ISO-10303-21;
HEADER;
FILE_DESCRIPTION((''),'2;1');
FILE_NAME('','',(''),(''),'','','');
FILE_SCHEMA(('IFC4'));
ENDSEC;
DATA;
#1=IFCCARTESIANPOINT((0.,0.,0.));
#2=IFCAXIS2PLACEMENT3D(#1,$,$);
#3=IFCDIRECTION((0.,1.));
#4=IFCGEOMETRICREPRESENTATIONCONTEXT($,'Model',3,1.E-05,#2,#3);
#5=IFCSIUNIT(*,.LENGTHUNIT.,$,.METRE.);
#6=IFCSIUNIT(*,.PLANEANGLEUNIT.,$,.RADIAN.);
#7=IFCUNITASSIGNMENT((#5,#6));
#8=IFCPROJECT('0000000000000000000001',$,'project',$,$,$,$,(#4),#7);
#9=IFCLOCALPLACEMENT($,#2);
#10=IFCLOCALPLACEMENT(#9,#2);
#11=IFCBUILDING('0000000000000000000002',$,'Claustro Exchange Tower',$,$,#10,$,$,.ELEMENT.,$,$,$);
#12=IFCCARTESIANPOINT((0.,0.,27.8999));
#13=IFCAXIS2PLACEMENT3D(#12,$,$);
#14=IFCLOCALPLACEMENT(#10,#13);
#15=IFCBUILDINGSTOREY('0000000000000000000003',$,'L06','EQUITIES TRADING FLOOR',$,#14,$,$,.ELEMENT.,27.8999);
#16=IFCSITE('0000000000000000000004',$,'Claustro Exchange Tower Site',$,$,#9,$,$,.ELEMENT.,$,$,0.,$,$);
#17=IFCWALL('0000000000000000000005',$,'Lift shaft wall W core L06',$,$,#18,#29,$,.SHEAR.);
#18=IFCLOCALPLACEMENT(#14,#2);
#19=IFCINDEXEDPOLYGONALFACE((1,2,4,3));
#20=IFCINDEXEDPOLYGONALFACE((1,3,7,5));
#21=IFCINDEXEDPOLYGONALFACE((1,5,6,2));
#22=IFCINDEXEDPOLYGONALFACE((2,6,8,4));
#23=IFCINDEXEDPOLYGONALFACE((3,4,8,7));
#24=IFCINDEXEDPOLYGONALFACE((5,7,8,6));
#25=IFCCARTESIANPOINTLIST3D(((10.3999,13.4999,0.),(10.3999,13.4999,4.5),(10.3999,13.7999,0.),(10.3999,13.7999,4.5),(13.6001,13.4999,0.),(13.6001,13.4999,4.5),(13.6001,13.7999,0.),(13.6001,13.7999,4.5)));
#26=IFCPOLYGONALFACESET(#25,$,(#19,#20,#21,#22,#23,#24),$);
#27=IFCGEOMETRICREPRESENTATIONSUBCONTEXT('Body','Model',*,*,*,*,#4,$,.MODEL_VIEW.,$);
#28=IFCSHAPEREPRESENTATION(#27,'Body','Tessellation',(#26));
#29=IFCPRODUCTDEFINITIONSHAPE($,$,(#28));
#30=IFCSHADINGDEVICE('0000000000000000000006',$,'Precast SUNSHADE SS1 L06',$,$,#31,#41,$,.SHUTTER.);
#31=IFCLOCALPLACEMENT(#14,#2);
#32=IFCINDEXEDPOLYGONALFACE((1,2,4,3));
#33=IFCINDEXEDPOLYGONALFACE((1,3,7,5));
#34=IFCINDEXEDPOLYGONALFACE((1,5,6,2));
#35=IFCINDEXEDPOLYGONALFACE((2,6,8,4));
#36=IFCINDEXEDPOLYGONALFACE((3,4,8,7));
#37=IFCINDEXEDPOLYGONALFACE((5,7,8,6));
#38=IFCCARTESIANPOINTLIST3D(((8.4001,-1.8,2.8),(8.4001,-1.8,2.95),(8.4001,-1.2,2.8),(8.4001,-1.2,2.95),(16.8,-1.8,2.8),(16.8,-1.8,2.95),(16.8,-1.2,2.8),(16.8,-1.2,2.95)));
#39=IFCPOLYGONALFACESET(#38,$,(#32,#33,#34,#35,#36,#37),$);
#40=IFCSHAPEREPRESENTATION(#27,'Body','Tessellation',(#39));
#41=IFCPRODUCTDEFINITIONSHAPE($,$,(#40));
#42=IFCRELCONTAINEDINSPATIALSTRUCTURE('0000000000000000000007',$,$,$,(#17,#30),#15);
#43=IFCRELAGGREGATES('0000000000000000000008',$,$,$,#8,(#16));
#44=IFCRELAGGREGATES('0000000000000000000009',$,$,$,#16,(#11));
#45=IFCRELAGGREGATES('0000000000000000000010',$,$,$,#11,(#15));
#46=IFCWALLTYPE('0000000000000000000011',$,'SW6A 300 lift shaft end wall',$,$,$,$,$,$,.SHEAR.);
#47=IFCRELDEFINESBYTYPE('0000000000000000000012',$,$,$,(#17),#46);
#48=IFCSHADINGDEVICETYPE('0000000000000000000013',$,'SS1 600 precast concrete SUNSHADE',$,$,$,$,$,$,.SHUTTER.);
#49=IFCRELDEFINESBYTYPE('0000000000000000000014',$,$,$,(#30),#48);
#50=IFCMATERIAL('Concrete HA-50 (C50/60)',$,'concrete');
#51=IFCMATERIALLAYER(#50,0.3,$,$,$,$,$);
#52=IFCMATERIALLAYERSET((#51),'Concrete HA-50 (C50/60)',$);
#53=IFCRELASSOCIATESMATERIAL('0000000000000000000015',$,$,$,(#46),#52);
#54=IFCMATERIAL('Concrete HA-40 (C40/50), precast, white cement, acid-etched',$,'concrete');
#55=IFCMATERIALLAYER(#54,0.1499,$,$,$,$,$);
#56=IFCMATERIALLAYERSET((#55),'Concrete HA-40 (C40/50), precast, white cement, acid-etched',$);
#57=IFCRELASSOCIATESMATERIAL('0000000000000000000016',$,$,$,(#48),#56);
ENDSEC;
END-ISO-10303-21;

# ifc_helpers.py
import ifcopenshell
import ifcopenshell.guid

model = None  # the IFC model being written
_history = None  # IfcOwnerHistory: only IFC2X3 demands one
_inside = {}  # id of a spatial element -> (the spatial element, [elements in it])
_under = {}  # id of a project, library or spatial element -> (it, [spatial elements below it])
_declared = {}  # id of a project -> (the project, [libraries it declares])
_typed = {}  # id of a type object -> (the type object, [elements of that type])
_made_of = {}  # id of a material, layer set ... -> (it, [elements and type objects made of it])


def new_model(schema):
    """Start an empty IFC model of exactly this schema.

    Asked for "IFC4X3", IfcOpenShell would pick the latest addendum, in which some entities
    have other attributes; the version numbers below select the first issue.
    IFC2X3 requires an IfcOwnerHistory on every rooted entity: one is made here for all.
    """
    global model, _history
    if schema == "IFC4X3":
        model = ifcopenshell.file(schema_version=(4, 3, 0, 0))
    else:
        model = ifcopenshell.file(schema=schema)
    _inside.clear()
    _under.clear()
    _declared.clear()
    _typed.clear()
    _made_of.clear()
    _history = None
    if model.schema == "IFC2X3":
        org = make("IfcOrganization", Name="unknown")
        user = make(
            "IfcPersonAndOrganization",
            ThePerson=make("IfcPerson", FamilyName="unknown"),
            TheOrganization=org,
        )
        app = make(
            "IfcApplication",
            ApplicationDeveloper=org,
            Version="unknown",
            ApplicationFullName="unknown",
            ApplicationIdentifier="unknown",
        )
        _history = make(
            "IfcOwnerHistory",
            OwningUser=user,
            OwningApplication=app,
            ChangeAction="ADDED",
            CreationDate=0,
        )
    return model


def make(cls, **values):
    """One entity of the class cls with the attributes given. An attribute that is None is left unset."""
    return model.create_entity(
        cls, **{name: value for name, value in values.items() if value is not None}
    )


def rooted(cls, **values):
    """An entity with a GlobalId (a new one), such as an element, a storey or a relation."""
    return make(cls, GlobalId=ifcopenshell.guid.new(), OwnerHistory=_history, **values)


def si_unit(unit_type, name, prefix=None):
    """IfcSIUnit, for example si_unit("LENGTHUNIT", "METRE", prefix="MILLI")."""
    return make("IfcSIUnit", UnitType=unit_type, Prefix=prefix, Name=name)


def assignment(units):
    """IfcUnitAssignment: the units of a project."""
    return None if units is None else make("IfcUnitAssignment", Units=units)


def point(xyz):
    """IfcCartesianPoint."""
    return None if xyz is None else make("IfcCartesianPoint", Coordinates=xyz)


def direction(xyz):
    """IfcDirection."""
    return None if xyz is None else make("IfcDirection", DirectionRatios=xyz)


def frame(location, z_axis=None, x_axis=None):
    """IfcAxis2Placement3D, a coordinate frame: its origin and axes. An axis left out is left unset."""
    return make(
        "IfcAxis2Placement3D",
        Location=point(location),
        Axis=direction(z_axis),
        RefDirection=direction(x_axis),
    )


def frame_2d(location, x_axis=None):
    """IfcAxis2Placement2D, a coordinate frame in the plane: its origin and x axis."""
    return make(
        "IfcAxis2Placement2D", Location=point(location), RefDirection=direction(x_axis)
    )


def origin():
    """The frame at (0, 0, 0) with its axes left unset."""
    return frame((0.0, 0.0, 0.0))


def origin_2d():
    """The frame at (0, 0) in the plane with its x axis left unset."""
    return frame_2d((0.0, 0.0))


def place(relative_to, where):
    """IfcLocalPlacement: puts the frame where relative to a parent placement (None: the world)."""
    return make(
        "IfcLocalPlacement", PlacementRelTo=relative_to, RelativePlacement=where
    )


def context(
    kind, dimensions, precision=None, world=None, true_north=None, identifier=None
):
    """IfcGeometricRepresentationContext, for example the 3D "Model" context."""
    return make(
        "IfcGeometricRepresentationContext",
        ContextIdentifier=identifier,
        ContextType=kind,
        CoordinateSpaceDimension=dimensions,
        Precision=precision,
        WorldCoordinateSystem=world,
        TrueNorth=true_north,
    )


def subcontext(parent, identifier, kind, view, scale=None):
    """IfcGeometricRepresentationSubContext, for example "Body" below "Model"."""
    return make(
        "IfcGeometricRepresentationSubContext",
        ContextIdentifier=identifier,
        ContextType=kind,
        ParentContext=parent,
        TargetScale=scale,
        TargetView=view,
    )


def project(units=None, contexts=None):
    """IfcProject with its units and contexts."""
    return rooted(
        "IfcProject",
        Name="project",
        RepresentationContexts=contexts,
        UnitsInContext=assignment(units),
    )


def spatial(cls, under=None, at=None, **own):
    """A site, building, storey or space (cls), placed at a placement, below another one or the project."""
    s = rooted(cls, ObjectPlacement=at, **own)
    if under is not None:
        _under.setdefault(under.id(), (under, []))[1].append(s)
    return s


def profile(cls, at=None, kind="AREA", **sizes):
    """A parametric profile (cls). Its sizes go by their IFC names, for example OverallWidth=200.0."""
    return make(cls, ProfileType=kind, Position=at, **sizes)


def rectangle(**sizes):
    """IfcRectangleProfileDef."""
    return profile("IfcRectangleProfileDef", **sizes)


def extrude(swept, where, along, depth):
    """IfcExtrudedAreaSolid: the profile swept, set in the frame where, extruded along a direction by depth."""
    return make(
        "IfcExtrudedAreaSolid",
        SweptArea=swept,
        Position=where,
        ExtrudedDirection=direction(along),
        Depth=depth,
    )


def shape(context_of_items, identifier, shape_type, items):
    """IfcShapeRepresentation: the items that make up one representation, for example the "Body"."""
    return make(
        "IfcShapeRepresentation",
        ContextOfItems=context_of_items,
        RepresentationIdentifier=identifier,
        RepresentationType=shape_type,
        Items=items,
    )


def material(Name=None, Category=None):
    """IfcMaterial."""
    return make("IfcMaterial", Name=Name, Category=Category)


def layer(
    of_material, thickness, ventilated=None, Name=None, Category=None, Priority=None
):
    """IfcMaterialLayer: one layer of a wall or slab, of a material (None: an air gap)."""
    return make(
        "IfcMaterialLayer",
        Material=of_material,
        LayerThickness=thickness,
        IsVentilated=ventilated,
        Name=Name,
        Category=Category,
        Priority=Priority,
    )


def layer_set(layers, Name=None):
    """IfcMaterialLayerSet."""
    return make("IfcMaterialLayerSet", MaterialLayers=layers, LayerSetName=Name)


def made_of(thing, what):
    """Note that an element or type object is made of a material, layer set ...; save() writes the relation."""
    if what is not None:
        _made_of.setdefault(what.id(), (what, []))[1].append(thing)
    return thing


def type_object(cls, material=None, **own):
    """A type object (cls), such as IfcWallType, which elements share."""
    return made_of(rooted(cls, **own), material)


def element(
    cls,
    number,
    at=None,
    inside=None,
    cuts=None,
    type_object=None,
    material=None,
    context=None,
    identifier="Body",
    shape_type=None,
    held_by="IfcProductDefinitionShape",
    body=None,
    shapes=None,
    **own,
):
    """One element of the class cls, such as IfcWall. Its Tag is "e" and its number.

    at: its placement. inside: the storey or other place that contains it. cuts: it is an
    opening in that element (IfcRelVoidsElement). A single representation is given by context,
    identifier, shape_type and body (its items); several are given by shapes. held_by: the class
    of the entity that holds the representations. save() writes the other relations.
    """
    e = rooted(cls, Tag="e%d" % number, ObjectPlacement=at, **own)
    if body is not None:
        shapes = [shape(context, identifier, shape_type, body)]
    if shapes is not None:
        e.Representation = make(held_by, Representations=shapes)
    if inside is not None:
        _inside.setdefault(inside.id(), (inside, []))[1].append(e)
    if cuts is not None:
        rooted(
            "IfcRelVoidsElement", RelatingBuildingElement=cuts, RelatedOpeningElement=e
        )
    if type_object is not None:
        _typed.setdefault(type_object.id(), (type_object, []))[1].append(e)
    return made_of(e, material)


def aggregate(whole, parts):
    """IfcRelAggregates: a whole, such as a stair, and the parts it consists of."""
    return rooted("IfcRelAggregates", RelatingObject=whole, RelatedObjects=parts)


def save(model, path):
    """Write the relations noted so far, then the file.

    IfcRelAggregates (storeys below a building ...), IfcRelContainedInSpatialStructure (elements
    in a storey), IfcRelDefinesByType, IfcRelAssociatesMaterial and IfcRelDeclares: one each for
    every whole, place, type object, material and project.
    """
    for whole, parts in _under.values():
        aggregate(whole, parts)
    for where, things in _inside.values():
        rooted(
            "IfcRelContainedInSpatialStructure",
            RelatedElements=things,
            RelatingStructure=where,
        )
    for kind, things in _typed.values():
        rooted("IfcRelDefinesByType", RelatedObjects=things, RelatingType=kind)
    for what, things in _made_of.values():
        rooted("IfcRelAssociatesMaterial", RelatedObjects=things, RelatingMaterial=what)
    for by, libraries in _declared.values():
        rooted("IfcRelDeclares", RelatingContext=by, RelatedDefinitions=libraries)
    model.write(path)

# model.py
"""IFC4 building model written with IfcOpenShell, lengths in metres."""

from ifc_helpers import new_model, si_unit, direction, frame, frame_2d, origin, origin_2d, place, context, subcontext, project, spatial, rectangle, extrude, material, layer, layer_set, type_object, element, save


model = new_model("IFC4")

# Units and contexts
model_context = context("Model", 3, precision=1e-05, world=origin(), true_north=direction((0.0, 1.0)))
body_context = subcontext(model_context, "Body", "Model", "MODEL_VIEW")
ifc_project = project(units=[si_unit("LENGTHUNIT", "METRE"), si_unit("PLANEANGLEUNIT", "RADIAN")], contexts=[model_context])

# Site, building, storey
site_placement = place(None, origin())
site = spatial("IfcSite", under=ifc_project, at=site_placement, Name="Claustro Exchange Tower Site", CompositionType="ELEMENT", RefElevation=0.0)
building_placement = place(site_placement, origin())
building = spatial("IfcBuilding", under=site, at=building_placement, Name="Claustro Exchange Tower", CompositionType="ELEMENT")
storey_placement = place(building_placement, frame((0.0, 0.0, 27.8999)))
storey = spatial("IfcBuildingStorey", under=building, at=storey_placement, Name="L06", Description="EQUITIES TRADING FLOOR", CompositionType="ELEMENT", Elevation=27.8999)

# Wall
ifc_material_1 = material(Name="Concrete HA-50 (C50/60)", Category="concrete")
ifc_layer_1 = layer(ifc_material_1, 0.3)
ifc_layer_set_1 = layer_set([ifc_layer_1], Name="Concrete HA-50 (C50/60)")
wall_type_1 = type_object("IfcWallType", Name="SW6A 300 lift shaft end wall", PredefinedType="SHEAR", material=ifc_layer_set_1)
wall_1_placement = place(storey_placement, frame((10.3999, 13.6499, 0.0), z_axis=(0.0, 0.0, 1.0), x_axis=(1.0, 0.0, 0.0)))
element("IfcWall", 1, at=wall_1_placement, inside=storey, type_object=wall_type_1, Name="Lift shaft wall W core L06", PredefinedType="SHEAR", context=body_context, shape_type="SweptSolid", body=[
    extrude(rectangle(XDim=3.2002, YDim=0.3, at=frame_2d((1.6001, 0.0))), origin(), (0.0, 0.0, 1.0), 4.5),
])

# Shading device
ifc_material_2 = material(Name="Concrete HA-40 (C40/50), precast, white cement, acid-etched", Category="concrete")
ifc_layer_2 = layer(ifc_material_2, 0.1499)
ifc_layer_set_2 = layer_set([ifc_layer_2], Name="Concrete HA-40 (C40/50), precast, white cement, acid-etched")
shading_device_type = type_object("IfcShadingDeviceType", Name="SS1 600 precast concrete SUNSHADE", PredefinedType="SHUTTER", material=ifc_layer_set_2)
shading_device_placement = place(storey_placement, frame((12.6001, -1.5, 2.8), z_axis=(0.0, 0.0, 1.0), x_axis=(-1.0, 0.0, 0.0)))
element("IfcShadingDevice", 2, at=shading_device_placement, inside=storey, type_object=shading_device_type, Name="Precast SUNSHADE SS1 L06", PredefinedType="SHUTTER", context=body_context, shape_type="SweptSolid", body=[
    extrude(rectangle(XDim=8.3999, YDim=0.6001, at=origin_2d()), origin(), (0.0, 0.0, 1.0), 0.1499),
])

save(model, "model.ifc")
